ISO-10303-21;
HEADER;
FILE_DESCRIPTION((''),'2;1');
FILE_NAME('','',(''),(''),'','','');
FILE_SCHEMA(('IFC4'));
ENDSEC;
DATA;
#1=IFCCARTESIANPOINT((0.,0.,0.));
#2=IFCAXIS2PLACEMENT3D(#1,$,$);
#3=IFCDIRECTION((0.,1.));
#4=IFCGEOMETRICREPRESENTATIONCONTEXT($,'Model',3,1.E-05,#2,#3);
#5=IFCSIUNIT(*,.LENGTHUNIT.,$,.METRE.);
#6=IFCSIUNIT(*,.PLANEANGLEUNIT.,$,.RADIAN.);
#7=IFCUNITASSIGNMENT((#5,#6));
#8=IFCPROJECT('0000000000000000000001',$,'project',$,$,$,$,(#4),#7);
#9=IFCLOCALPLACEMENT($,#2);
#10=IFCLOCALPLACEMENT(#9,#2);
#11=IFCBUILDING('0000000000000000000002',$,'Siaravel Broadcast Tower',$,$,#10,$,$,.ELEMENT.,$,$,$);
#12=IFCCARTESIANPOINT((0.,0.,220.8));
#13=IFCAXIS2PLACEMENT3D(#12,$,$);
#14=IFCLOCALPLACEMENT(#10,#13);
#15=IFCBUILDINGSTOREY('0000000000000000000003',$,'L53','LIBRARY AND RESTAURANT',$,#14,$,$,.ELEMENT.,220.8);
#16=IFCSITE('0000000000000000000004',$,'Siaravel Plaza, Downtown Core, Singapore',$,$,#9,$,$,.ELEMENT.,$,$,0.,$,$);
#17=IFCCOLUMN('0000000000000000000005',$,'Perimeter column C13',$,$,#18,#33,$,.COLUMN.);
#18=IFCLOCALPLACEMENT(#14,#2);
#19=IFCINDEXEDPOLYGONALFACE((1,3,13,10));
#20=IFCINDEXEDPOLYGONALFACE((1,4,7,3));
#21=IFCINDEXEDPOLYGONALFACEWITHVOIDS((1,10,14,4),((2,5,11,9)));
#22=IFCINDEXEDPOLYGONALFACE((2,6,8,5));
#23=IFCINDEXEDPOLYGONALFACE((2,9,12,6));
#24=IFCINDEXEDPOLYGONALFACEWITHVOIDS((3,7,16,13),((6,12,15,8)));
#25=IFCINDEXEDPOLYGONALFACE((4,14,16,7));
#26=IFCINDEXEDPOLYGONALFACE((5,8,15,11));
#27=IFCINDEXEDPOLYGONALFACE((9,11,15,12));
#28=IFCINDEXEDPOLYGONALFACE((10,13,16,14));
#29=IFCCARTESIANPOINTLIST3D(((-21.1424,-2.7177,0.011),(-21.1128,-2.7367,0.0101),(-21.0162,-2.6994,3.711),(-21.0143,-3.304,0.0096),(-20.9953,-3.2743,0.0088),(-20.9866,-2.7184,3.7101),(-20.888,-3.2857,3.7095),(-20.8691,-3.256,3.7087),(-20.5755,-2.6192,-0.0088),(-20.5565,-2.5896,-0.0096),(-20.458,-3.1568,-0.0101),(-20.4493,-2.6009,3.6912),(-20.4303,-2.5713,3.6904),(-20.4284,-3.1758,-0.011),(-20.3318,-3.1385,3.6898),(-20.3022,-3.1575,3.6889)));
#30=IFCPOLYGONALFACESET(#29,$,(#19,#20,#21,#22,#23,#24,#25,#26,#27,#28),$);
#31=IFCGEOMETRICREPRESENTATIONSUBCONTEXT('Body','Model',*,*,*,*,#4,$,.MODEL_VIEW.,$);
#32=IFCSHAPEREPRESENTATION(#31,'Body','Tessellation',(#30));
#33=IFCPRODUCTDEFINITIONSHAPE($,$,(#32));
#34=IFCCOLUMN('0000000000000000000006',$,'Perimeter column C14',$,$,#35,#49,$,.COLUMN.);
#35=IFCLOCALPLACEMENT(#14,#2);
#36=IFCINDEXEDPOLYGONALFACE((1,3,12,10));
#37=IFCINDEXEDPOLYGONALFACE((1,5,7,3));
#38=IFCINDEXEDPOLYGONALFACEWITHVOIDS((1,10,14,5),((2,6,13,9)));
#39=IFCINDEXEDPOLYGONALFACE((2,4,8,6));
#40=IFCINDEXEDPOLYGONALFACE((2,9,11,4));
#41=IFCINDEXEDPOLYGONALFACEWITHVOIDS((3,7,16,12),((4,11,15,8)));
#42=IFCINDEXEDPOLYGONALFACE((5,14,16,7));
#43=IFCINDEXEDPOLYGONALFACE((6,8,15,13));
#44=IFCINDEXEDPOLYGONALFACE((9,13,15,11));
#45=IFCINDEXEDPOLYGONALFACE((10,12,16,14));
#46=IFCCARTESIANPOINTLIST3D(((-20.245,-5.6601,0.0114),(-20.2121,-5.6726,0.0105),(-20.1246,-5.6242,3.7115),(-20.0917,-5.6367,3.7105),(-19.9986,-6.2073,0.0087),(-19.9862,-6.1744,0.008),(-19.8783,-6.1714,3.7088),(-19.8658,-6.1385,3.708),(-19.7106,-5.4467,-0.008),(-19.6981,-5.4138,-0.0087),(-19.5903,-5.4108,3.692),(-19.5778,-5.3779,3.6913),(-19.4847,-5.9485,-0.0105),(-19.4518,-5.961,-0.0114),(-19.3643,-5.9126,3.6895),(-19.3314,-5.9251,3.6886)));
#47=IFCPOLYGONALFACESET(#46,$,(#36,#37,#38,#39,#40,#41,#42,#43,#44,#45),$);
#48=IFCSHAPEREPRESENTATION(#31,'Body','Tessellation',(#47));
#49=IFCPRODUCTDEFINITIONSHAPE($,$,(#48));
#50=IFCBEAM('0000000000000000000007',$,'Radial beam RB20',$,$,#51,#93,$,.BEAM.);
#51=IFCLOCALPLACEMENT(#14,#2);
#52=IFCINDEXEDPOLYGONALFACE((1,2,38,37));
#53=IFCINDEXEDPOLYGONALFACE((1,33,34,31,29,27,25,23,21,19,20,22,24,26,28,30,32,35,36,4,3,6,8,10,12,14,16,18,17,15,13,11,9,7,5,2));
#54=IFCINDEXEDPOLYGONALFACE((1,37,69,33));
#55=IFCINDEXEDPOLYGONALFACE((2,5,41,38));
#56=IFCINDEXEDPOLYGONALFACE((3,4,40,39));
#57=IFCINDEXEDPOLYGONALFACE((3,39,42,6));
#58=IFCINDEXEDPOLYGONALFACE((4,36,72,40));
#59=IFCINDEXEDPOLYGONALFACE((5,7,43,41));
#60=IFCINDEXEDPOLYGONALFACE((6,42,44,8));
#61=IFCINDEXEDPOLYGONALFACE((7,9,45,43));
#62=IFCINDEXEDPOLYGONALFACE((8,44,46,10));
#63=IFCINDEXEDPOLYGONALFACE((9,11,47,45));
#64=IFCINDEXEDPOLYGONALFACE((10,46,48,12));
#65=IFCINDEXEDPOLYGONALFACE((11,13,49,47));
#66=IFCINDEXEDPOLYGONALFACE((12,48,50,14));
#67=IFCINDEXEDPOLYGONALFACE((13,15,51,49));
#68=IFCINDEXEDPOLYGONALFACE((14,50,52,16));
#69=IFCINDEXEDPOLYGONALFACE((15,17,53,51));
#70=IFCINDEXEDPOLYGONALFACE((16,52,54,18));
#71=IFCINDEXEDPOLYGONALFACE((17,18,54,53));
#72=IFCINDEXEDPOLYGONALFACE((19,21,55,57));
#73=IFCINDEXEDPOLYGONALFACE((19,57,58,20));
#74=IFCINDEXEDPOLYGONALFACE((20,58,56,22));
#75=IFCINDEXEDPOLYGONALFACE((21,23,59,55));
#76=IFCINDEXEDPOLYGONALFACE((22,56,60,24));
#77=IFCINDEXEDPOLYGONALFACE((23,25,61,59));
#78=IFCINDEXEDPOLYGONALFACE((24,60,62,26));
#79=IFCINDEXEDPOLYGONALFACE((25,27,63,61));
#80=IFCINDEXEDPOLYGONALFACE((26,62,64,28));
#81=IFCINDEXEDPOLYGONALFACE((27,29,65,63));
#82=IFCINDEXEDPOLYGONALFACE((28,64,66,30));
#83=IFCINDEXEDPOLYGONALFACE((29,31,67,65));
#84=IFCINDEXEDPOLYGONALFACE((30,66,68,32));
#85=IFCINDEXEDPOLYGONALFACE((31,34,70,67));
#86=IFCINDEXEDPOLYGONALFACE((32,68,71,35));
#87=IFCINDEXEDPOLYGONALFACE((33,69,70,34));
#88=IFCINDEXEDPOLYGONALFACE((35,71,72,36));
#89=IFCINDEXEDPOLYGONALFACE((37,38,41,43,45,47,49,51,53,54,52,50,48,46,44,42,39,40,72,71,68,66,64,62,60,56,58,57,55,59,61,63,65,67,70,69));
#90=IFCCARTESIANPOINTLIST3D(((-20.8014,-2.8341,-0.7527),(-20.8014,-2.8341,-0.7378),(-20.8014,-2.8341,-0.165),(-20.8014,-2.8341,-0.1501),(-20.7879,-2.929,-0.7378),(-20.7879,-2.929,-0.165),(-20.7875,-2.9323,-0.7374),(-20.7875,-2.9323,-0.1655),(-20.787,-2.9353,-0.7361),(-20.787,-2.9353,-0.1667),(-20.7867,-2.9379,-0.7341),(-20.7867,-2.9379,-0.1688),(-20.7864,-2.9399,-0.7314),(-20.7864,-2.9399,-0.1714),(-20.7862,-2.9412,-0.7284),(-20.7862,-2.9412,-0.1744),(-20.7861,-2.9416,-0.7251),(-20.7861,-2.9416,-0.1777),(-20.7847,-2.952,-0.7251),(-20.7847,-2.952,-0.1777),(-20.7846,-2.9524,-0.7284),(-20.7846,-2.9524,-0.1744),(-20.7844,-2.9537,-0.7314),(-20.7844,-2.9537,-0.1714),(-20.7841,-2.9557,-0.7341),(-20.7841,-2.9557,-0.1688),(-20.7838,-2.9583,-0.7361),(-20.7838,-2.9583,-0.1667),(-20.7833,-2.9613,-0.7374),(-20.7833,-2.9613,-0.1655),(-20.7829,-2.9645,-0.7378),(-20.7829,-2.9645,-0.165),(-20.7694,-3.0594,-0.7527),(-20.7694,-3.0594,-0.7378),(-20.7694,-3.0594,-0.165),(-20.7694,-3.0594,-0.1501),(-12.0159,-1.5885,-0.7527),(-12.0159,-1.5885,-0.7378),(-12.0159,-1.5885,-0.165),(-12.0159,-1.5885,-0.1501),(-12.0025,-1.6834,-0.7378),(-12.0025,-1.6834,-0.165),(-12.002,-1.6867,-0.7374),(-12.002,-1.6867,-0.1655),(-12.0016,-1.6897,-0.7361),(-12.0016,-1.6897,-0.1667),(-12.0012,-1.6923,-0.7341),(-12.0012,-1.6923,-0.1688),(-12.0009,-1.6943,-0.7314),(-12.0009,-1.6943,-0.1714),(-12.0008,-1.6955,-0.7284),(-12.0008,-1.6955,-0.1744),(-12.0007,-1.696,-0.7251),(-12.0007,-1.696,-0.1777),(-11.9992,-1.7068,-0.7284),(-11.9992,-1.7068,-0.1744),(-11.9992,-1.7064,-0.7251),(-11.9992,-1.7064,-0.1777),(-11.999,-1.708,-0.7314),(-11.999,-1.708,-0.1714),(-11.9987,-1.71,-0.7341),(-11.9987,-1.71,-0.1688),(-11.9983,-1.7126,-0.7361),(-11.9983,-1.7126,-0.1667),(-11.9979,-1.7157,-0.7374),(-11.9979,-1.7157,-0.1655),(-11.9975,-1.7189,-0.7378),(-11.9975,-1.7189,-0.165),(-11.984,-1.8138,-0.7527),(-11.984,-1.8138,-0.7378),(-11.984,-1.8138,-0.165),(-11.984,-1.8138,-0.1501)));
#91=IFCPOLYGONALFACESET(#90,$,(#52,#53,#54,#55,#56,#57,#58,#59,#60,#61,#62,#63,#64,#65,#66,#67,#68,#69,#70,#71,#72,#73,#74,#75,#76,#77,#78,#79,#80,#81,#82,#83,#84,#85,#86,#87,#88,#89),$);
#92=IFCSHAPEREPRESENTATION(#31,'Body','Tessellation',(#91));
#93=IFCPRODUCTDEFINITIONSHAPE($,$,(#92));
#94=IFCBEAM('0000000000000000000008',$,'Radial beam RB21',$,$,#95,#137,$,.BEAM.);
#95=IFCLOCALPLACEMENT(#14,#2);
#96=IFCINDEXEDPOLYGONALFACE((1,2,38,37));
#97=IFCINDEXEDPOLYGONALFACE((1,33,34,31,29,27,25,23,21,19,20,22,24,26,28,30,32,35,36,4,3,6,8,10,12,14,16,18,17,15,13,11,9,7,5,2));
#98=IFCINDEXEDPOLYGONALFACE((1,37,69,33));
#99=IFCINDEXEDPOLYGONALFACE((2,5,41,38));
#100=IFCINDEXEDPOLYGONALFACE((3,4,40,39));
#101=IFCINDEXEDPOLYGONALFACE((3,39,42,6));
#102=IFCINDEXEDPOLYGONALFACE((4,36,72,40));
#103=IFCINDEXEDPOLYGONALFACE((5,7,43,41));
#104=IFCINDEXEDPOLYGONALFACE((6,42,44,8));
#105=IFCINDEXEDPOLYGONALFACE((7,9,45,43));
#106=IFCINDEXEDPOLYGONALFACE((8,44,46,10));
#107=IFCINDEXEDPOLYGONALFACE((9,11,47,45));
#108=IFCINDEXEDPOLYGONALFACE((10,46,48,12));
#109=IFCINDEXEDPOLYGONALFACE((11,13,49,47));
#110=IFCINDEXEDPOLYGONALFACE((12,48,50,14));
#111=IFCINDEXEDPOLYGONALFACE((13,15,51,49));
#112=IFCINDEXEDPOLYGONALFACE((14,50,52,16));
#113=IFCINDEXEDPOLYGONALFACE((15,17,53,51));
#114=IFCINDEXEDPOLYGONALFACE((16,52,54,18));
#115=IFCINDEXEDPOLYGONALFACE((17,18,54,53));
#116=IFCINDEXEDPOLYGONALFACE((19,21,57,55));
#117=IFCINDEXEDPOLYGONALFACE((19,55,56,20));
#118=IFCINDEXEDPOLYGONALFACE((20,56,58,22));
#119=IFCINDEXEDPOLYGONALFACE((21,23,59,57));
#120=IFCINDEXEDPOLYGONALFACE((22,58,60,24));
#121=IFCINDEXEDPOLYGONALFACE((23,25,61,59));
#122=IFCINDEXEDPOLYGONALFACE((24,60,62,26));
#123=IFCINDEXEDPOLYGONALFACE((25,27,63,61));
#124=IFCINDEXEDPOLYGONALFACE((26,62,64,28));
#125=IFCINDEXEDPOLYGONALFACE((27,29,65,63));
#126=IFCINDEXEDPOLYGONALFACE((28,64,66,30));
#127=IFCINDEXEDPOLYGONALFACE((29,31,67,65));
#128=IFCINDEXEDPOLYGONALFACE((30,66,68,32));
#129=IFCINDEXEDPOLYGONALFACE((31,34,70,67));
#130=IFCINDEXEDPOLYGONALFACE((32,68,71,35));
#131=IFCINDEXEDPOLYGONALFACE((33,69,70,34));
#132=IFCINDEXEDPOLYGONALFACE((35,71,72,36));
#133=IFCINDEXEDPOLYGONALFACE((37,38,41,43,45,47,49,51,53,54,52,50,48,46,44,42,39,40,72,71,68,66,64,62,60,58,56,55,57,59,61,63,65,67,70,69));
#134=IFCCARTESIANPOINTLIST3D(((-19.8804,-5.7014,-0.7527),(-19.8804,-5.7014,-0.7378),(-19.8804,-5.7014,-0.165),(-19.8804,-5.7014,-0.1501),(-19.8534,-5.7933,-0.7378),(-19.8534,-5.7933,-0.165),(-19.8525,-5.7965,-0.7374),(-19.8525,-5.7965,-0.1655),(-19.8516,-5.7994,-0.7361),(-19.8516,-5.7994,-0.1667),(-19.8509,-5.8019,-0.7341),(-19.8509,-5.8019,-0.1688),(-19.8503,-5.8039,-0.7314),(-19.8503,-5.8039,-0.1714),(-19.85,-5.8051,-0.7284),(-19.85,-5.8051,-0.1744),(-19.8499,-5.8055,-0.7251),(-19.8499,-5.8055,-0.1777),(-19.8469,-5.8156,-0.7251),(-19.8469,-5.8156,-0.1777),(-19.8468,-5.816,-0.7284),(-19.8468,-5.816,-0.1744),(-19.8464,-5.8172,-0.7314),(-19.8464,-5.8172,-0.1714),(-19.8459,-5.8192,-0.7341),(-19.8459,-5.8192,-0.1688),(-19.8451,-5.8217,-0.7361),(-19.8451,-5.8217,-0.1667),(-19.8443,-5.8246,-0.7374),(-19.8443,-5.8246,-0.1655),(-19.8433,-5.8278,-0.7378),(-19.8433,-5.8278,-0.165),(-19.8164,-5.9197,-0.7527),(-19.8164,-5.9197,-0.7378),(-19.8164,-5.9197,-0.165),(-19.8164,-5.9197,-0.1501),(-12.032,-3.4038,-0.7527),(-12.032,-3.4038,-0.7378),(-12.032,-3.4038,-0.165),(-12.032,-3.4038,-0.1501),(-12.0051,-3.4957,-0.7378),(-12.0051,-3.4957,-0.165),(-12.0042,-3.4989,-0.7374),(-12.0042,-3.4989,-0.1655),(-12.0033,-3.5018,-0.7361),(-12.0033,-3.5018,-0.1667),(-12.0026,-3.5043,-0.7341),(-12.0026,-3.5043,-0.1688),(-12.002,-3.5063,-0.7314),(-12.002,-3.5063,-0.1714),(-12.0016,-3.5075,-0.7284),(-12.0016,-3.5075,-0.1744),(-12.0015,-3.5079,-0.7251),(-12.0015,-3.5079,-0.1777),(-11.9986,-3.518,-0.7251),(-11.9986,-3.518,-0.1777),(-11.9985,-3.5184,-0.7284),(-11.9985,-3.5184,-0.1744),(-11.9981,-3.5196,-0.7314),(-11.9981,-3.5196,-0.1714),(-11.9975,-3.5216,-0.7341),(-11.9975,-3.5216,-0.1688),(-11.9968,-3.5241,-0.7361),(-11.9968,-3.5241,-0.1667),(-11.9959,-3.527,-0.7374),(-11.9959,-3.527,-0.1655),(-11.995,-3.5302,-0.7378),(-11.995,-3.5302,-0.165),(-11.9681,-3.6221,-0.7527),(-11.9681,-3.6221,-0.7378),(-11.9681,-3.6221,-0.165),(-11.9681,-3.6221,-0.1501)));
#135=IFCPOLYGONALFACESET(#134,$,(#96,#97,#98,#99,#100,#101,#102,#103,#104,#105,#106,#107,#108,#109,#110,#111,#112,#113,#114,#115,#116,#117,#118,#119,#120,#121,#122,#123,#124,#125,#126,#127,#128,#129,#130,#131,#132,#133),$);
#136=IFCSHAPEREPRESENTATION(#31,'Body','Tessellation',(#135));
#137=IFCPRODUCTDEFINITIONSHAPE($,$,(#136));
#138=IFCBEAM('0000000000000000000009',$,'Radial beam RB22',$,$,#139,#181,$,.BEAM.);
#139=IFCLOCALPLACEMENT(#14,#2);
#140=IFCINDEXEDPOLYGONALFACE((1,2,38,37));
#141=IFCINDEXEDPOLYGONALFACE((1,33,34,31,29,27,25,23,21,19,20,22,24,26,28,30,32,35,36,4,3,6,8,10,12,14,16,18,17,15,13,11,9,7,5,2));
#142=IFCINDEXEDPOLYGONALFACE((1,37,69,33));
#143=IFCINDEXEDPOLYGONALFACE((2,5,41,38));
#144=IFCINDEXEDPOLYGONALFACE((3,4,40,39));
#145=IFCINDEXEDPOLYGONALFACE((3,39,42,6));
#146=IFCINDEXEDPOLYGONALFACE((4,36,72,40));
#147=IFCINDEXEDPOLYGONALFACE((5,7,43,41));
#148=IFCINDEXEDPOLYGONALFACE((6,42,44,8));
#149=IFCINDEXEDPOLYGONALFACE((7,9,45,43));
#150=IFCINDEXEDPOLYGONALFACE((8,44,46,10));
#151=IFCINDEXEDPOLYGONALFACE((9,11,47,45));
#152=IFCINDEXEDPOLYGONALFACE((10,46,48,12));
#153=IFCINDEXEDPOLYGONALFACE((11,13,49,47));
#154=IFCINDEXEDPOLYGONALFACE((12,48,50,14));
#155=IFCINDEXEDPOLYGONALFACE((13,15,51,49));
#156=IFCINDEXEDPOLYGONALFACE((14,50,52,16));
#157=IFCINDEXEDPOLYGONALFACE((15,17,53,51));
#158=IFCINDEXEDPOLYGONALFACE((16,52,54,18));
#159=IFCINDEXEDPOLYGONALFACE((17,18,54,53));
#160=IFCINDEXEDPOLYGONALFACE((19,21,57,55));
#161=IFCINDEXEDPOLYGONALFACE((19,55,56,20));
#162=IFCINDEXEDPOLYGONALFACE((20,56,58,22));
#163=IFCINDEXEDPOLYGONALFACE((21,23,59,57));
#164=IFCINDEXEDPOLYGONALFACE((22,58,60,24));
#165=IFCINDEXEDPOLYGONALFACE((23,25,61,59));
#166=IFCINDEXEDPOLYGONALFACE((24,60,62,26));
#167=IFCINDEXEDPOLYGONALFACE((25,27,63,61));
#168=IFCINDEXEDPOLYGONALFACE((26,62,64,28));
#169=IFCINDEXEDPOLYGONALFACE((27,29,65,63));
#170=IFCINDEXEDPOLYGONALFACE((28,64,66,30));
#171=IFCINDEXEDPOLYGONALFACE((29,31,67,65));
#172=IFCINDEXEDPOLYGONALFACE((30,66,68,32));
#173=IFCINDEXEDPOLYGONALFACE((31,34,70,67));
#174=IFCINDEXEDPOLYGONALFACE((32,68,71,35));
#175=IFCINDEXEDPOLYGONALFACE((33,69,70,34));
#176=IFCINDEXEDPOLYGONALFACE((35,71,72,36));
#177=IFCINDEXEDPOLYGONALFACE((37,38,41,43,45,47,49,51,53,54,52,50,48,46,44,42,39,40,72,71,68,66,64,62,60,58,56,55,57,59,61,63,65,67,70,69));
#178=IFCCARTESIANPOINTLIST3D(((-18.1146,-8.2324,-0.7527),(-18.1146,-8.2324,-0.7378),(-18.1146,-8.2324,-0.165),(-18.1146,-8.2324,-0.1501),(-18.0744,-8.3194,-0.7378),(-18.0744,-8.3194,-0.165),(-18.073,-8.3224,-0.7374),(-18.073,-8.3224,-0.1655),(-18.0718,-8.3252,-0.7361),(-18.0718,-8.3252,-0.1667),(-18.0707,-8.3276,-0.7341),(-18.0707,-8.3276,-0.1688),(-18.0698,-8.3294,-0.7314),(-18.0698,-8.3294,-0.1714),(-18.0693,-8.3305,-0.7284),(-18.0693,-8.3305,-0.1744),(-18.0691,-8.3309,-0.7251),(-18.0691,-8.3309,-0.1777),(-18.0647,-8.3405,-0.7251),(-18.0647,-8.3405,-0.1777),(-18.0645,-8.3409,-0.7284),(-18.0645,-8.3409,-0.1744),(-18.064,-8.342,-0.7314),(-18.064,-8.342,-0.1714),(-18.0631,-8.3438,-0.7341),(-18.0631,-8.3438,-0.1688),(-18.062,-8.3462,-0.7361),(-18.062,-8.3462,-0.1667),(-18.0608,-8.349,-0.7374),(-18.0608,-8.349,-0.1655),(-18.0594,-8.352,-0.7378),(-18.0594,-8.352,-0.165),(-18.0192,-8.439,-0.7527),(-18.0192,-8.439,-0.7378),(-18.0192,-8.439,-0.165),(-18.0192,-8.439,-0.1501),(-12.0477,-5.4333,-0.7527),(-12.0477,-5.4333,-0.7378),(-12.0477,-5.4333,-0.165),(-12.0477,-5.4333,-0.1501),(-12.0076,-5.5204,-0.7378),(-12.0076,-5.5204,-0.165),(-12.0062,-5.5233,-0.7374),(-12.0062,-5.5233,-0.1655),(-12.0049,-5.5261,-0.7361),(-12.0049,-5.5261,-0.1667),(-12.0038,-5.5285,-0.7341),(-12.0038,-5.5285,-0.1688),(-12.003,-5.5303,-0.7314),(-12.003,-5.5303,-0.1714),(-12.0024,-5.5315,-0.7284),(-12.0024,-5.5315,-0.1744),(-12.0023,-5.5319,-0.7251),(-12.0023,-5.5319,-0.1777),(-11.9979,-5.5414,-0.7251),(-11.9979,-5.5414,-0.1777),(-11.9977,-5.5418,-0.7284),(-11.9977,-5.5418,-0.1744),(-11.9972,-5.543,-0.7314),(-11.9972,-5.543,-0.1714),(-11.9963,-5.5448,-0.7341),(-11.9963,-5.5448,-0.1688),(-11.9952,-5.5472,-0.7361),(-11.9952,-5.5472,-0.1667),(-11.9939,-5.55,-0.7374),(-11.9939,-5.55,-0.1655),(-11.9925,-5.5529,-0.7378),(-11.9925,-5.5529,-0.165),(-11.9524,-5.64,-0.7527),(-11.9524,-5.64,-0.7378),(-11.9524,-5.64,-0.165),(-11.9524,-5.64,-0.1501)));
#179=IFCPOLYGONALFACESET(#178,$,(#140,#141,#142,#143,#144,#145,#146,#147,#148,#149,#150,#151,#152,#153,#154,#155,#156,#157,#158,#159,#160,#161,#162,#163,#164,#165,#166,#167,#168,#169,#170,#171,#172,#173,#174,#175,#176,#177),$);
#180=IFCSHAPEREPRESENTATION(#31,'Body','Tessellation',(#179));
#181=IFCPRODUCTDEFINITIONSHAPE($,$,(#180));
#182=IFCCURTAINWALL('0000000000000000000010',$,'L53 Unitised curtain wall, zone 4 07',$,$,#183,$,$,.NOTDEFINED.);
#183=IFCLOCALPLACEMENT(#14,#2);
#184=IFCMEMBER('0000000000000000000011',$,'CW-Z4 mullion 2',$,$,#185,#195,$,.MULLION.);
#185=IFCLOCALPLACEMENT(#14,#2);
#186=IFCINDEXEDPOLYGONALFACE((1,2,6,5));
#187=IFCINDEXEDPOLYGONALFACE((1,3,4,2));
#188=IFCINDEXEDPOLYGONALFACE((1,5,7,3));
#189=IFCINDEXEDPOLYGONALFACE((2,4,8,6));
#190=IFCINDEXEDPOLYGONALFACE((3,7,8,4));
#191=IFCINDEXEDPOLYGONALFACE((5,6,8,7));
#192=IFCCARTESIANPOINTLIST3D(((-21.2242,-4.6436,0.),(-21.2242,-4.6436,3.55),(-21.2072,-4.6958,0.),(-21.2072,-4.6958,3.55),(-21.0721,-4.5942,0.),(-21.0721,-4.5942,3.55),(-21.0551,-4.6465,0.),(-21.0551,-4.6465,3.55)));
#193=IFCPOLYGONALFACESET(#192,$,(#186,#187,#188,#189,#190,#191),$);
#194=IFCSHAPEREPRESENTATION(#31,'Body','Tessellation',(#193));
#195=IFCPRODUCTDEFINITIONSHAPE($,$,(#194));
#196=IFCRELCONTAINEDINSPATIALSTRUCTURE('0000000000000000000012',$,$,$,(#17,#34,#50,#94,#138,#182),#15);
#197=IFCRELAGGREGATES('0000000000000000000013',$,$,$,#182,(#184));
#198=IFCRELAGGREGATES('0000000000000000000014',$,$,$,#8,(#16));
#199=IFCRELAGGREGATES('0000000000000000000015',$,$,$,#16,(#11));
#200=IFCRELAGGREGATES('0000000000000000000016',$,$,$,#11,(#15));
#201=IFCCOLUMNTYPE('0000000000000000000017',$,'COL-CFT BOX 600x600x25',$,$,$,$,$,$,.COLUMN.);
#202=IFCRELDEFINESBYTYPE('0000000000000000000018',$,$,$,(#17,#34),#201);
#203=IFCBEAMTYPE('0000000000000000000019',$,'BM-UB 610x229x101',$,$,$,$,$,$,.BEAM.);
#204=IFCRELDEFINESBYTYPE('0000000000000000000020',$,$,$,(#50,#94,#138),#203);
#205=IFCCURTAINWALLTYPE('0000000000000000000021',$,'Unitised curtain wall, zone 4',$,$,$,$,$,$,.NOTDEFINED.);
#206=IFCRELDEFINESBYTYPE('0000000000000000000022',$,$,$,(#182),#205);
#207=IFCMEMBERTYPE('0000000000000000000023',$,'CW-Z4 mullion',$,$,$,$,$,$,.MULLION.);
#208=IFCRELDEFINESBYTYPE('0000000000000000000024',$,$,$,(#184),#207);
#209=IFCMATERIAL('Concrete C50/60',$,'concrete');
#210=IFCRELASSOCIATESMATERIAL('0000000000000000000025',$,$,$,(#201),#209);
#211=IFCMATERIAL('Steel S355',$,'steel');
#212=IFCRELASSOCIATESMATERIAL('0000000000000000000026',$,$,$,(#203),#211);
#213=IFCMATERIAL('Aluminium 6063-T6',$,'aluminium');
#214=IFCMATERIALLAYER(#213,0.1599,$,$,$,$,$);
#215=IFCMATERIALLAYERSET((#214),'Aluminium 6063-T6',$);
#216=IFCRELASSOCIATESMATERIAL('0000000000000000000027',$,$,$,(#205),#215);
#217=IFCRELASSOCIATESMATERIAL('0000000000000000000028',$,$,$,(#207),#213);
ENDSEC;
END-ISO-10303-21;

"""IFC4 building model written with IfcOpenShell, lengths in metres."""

from ifc_helpers import new_model, si_unit, direction, frame, origin, origin_2d, place, context, subcontext, project, spatial, rectangle, hollow_rectangle, i_section, extrude, material, layer, layer_set, material_profile, profile_set, type_object, element, aggregate, save


model = new_model("IFC4")

# Units and contexts
model_context = context("Model", 3, precision=1e-05, world=origin(), true_north=direction((0.0, 1.0)))
body_context = subcontext(model_context, "Body", "Model", "MODEL_VIEW")
ifc_project = project(units=[si_unit("LENGTHUNIT", "METRE"), si_unit("PLANEANGLEUNIT", "RADIAN")], contexts=[model_context])

# Site, building, storey
site_placement = place(None, origin())
site = spatial("IfcSite", under=ifc_project, at=site_placement, Name="Siaravel Plaza, Downtown Core, Singapore", CompositionType="ELEMENT", RefElevation=0.0)
building_placement = place(site_placement, origin())
building = spatial("IfcBuilding", under=site, at=building_placement, Name="Siaravel Broadcast Tower", CompositionType="ELEMENT")
storey_placement = place(building_placement, frame((0.0, 0.0, 220.8)))
storey = spatial("IfcBuildingStorey", under=building, at=storey_placement, Name="L53", Description="LIBRARY AND RESTAURANT", CompositionType="ELEMENT", Elevation=220.8)

# Columns
ifc_material_1 = material(Name="Concrete C50/60", Category="concrete")
ifc_material_profile_1 = material_profile(ifc_material_1, hollow_rectangle(XDim=0.6001, YDim=0.6001, WallThickness=0.0249, at=origin_2d()))
ifc_profile_set_1 = profile_set([ifc_material_profile_1], Name="Concrete C50/60")
column_type = type_object("IfcColumnType", Name="COL-CFT BOX 600x600x25", PredefinedType="COLUMN", material=ifc_profile_set_1)
for number, where, z_axis, x_axis, name in (
    (1, (-20.7854, -2.9468, 0.0), (0.034094, 0.004946, 0.999406), (-0.213572, 0.976924, 0.002451), "Perimeter column C13"),
    (2, (-19.8484, -5.8105, 0.0), (0.032512, 0.009694, 0.999424), (-0.410538, 0.911832, 0.00451), "Perimeter column C14"),
):
    element("IfcColumn", number, at=place(storey_placement, frame(where, z_axis=z_axis, x_axis=x_axis)), inside=storey, type_object=column_type, Name=name, PredefinedType="COLUMN", context=body_context, shape_type="SweptSolid", body=[
        extrude(hollow_rectangle(XDim=0.6001, YDim=0.6001, WallThickness=0.0249, at=origin_2d()), origin(), (0.0, 0.0, 1.0), 3.7021),
    ])

# Beams
ifc_material_2 = material(Name="Steel S355", Category="steel")
ifc_material_profile_2 = material_profile(ifc_material_2, i_section(OverallWidth=0.2275, OverallDepth=0.6025, WebThickness=0.0105, FlangeThickness=0.0149, FilletRadius=0.0127, at=origin_2d()))
ifc_profile_set_2 = profile_set([ifc_material_profile_2], Name="Steel S355")
beam_type = type_object("IfcBeamType", Name="BM-UB 610x229x101", PredefinedType="BEAM", material=ifc_profile_set_2)
beam_1_placement = place(storey_placement, frame((-20.7854, -2.9468, -0.4514), z_axis=(0.990098, 0.140377, 0.0), x_axis=(-0.140377, 0.990098, 0.0)))
element("IfcBeam", 3, at=beam_1_placement, inside=storey, type_object=beam_type, Name="Radial beam RB20", PredefinedType="BEAM", context=body_context, shape_type="SweptSolid", body=[
    extrude(i_section(OverallWidth=0.2275, OverallDepth=0.6025, WebThickness=0.0105, FlangeThickness=0.0149, FilletRadius=0.0127, at=origin_2d()), origin(), (0.0, 0.0, 1.0), 8.8733),
])
beam_2_placement = place(storey_placement, frame((-19.8484, -5.8105, -0.4514), z_axis=(0.95972, 0.280957, 0.0), x_axis=(-0.280957, 0.95972, 0.0)))
element("IfcBeam", 4, at=beam_2_placement, inside=storey, type_object=beam_type, Name="Radial beam RB21", PredefinedType="BEAM", context=body_context, shape_type="SweptSolid", body=[
    extrude(i_section(OverallWidth=0.2275, OverallDepth=0.6025, WebThickness=0.0105, FlangeThickness=0.0149, FilletRadius=0.0127, at=origin_2d()), origin(), (0.0, 0.0, 1.0), 8.1777),
])
beam_3_placement = place(storey_placement, frame((-18.0669, -8.3357, -0.4514), z_axis=(0.908018, 0.418931, 0.0), x_axis=(-0.418931, 0.908018, 0.0)))
element("IfcBeam", 5, at=beam_3_placement, inside=storey, type_object=beam_type, Name="Radial beam RB22", PredefinedType="BEAM", context=body_context, shape_type="SweptSolid", body=[
    extrude(i_section(OverallWidth=0.2275, OverallDepth=0.6025, WebThickness=0.0105, FlangeThickness=0.0149, FilletRadius=0.0127, at=origin_2d()), origin(), (0.0, 0.0, 1.0), 6.6814),
])

# Curtain wall, member
ifc_material_3 = material(Name="Aluminium 6063-T6", Category="aluminium")
ifc_layer_1 = layer(ifc_material_3, 0.1599)
ifc_layer_set_1 = layer_set([ifc_layer_1], Name="Aluminium 6063-T6")
curtain_wall_type = type_object("IfcCurtainWallType", Name="Unitised curtain wall, zone 4", PredefinedType="NOTDEFINED", material=ifc_layer_set_1)
curtain_wall_placement = place(storey_placement, origin())
curtain_wall = element("IfcCurtainWall", 6, at=curtain_wall_placement, inside=storey, type_object=curtain_wall_type, Name="L53 Unitised curtain wall, zone 4 07", PredefinedType="NOTDEFINED")
ifc_material_profile_3 = material_profile(ifc_material_3, rectangle(XDim=0.1599, YDim=0.0549, at=origin_2d()))
ifc_profile_set_3 = profile_set([ifc_material_profile_3], Name="Aluminium 6063-T6")
member_type_1 = type_object("IfcMemberType", Name="CW-Z4 mullion", PredefinedType="MULLION", material=ifc_profile_set_3)
member_1_placement = place(storey_placement, frame((-21.1396, -4.645, 0.0), z_axis=(0.0, 0.0, 1.0), x_axis=(0.951178, 0.308644, 0.0)))
member_1 = element("IfcMember", 7, at=member_1_placement, type_object=member_type_1, Name="CW-Z4 mullion 2", PredefinedType="MULLION", context=body_context, shape_type="SweptSolid", body=[
    extrude(rectangle(XDim=0.1599, YDim=0.0549, at=origin_2d()), origin(), (0.0, 0.0, 1.0), 3.55),
])
aggregate(curtain_wall, [member_1])

save(model, "model.ifc")
